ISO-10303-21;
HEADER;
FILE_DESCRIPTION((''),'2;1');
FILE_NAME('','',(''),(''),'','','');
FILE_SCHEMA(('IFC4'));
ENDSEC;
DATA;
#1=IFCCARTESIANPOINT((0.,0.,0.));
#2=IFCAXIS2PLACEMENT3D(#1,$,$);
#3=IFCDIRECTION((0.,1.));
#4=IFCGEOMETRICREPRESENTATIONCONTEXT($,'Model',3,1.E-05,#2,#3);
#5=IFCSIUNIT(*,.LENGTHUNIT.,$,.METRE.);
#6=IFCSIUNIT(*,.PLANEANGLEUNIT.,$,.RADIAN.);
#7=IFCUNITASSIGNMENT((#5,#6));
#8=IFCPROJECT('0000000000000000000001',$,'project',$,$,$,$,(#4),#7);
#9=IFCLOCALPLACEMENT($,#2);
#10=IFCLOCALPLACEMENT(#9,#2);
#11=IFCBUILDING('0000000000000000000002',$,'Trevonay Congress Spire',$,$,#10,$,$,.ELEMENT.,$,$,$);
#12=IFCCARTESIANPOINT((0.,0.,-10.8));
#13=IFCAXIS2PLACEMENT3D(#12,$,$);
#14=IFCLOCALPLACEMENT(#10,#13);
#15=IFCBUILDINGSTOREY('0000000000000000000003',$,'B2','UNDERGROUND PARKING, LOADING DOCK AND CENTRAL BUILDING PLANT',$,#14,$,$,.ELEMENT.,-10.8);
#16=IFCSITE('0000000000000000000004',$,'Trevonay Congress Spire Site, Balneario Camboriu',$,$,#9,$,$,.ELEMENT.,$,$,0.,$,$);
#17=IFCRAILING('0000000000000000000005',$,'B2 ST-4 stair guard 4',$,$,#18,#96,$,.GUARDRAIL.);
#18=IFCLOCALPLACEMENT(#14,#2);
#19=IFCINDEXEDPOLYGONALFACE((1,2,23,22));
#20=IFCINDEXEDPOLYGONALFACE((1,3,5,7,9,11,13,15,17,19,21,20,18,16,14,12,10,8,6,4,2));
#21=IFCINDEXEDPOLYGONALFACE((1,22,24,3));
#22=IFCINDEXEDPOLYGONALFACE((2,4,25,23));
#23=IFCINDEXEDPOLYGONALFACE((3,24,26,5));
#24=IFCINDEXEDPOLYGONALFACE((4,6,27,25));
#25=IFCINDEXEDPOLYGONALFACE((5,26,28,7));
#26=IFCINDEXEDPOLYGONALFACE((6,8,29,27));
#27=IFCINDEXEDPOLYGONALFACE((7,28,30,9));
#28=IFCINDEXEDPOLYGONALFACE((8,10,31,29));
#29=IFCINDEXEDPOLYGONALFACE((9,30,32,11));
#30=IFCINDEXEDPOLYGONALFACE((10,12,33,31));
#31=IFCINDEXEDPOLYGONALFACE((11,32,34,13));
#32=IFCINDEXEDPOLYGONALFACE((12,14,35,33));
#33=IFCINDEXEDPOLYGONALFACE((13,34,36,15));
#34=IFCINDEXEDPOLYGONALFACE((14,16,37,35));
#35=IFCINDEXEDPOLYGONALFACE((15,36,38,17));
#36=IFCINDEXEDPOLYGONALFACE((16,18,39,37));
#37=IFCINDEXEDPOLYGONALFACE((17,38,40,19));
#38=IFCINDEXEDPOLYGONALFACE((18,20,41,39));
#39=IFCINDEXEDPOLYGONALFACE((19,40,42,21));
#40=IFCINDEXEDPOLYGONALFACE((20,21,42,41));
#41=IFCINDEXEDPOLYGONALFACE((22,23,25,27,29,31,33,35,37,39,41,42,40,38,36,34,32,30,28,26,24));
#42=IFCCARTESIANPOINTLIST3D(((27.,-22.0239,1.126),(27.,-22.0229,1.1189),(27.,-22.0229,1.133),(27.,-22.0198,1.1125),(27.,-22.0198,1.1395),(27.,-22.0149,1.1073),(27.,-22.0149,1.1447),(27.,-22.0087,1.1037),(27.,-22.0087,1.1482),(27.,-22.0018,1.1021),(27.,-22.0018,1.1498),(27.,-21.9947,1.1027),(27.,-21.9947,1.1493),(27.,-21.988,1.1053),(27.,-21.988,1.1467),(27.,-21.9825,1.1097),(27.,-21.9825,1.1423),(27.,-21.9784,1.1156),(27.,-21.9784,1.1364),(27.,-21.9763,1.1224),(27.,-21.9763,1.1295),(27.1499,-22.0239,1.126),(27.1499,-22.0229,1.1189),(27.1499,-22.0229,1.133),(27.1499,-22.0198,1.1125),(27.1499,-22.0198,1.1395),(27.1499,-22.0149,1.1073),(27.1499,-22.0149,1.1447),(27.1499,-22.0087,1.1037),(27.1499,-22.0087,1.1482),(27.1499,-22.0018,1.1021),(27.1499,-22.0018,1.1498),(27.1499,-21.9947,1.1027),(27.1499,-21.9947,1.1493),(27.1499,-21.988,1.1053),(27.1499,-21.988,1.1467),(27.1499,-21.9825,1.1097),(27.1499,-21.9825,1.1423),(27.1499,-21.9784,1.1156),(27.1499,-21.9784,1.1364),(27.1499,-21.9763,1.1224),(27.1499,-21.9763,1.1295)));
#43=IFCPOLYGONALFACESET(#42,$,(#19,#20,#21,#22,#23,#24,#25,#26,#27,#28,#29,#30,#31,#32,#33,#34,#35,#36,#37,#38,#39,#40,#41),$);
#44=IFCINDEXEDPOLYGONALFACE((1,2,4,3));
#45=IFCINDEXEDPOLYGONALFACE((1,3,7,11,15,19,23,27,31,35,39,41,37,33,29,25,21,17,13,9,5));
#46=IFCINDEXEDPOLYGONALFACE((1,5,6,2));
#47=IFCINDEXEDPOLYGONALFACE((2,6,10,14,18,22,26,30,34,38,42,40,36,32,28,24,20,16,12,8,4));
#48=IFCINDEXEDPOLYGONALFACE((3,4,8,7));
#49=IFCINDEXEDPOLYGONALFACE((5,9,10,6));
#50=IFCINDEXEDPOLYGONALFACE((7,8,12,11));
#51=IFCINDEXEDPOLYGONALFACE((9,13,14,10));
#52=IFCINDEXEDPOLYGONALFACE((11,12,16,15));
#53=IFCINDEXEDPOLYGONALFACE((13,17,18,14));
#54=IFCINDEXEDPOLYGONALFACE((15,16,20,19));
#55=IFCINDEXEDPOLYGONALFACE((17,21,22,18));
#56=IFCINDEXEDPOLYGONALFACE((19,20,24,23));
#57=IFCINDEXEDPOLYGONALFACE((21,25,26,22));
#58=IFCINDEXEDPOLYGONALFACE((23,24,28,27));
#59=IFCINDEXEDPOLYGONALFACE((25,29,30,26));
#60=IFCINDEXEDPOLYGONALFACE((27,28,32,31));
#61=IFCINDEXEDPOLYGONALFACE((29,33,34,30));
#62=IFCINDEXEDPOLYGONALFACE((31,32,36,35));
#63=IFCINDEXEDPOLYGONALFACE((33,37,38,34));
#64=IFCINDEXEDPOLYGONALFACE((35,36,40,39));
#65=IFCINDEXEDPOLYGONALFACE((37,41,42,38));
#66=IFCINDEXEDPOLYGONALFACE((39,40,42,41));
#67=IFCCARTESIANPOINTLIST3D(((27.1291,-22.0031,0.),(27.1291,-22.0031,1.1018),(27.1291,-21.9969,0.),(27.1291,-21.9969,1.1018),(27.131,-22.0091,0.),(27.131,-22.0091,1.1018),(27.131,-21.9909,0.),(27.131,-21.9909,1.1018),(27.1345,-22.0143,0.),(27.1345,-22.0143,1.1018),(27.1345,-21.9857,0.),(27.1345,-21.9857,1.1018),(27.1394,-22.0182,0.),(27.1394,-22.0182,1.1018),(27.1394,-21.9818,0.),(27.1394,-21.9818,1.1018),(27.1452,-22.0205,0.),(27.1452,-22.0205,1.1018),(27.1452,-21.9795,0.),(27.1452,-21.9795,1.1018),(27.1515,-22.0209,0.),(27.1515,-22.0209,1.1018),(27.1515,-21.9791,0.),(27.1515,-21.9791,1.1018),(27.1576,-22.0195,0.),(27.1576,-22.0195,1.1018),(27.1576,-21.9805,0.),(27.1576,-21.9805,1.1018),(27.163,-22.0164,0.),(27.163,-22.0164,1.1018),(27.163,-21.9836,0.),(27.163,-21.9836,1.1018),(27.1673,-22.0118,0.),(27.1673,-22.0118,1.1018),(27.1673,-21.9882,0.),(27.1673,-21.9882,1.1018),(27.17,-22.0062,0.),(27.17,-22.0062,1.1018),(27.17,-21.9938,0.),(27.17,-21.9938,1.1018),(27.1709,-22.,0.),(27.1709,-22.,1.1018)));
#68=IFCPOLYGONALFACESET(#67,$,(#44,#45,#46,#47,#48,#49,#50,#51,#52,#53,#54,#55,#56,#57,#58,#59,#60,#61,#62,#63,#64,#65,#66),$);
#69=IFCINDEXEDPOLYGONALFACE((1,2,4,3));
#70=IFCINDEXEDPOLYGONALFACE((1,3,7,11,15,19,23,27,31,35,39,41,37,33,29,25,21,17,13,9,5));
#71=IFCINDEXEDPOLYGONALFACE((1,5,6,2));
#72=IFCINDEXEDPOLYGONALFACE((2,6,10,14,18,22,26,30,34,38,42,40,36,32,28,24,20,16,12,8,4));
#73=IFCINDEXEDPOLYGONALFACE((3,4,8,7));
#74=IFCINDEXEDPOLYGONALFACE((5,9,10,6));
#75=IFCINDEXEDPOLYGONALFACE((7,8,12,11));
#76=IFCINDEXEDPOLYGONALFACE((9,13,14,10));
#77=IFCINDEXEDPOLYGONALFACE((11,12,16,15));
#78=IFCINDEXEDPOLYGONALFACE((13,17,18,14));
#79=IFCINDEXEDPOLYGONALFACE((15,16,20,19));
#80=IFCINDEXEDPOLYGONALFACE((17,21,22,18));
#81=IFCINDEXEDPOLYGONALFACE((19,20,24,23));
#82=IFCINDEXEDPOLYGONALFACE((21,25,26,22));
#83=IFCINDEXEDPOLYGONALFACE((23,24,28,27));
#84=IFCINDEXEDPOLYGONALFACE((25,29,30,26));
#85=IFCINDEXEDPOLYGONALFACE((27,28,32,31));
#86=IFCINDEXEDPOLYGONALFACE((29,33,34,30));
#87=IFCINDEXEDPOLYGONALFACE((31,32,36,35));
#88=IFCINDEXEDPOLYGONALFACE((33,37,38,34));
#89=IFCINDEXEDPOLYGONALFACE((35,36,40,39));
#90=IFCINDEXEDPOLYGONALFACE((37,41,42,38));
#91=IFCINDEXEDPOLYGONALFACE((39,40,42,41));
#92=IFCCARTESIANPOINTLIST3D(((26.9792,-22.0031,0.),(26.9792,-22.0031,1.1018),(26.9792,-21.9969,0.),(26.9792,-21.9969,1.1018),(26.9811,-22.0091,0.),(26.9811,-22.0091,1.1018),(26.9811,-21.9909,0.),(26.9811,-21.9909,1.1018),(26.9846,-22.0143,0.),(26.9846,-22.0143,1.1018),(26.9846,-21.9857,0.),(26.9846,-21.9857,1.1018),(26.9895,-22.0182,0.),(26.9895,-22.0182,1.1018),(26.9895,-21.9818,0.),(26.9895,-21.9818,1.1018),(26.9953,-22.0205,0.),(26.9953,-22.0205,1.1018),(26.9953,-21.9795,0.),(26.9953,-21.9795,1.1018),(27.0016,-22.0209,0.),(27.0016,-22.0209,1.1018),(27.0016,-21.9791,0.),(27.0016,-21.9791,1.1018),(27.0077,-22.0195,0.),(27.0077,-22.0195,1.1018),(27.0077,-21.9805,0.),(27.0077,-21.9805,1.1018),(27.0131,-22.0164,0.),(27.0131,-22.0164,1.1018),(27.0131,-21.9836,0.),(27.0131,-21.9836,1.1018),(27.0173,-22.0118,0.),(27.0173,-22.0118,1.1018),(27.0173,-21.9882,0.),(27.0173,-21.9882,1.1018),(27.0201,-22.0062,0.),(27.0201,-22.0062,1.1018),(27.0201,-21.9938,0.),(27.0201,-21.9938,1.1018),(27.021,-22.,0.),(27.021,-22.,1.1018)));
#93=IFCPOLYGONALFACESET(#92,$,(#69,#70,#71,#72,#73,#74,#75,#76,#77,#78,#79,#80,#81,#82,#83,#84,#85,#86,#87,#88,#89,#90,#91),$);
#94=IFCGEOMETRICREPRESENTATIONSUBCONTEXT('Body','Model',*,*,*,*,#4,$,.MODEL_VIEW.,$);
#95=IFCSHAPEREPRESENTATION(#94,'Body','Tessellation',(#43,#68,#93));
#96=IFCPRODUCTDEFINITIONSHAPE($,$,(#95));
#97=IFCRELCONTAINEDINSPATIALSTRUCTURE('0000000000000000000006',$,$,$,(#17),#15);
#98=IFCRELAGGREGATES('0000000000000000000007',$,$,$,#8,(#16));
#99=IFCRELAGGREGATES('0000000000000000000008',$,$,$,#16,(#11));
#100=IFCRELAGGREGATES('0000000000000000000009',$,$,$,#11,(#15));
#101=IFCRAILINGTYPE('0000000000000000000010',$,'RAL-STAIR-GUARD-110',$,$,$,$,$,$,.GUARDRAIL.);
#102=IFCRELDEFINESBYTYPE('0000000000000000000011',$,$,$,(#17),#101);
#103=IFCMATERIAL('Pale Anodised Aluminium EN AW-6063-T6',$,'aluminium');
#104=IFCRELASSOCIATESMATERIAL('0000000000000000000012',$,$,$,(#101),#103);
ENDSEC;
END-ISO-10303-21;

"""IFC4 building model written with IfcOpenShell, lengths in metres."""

from ifc_helpers import new_model, si_unit, direction, frame, origin, origin_2d, place, context, subcontext, project, spatial, circle, extrude, material, type_object, element, save


model = new_model("IFC4")

# Units and contexts
model_context = context("Model", 3, precision=1e-05, world=origin(), true_north=direction((0.0, 1.0)))
body_context = subcontext(model_context, "Body", "Model", "MODEL_VIEW")
ifc_project = project(units=[si_unit("LENGTHUNIT", "METRE"), si_unit("PLANEANGLEUNIT", "RADIAN")], contexts=[model_context])

# Site, building, storey
site_placement = place(None, origin())
site = spatial("IfcSite", under=ifc_project, at=site_placement, Name="Trevonay Congress Spire Site, Balneario Camboriu", CompositionType="ELEMENT", RefElevation=0.0)
building_placement = place(site_placement, origin())
building = spatial("IfcBuilding", under=site, at=building_placement, Name="Trevonay Congress Spire", CompositionType="ELEMENT")
storey_placement = place(building_placement, frame((0.0, 0.0, -10.8)))
storey = spatial("IfcBuildingStorey", under=building, at=storey_placement, Name="B2", Description="UNDERGROUND PARKING, LOADING DOCK AND CENTRAL BUILDING PLANT", CompositionType="ELEMENT", Elevation=-10.8)

# Railing
ifc_material_1 = material(Name="Pale Anodised Aluminium EN AW-6063-T6", Category="aluminium")
railing_type_1 = type_object("IfcRailingType", Name="RAL-STAIR-GUARD-110", PredefinedType="GUARDRAIL", material=ifc_material_1)
railing_1_placement = place(storey_placement, frame((27.1499, -22.0, 0.0)))
element("IfcRailing", 1, at=railing_1_placement, inside=storey, type_object=railing_type_1, Name="B2 ST-4 stair guard 4", PredefinedType="GUARDRAIL", context=body_context, shape_type="SweptSolid", body=[
    extrude(circle(Radius=0.0239, at=origin_2d()), frame((0.0, 0.0, 1.126), z_axis=(-1.0, 0.0, 0.0), x_axis=(0.0, -1.0, 0.0)), (0.0, 0.0, 1.0), 0.1499),
    extrude(circle(Radius=0.021, at=origin_2d()), origin(), (0.0, 0.0, 1.0), 1.1018),
    extrude(circle(Radius=0.021, at=origin_2d()), frame((-0.1499, 0.0, 0.0)), (0.0, 0.0, 1.0), 1.1018),
])

save(model, "model.ifc")
